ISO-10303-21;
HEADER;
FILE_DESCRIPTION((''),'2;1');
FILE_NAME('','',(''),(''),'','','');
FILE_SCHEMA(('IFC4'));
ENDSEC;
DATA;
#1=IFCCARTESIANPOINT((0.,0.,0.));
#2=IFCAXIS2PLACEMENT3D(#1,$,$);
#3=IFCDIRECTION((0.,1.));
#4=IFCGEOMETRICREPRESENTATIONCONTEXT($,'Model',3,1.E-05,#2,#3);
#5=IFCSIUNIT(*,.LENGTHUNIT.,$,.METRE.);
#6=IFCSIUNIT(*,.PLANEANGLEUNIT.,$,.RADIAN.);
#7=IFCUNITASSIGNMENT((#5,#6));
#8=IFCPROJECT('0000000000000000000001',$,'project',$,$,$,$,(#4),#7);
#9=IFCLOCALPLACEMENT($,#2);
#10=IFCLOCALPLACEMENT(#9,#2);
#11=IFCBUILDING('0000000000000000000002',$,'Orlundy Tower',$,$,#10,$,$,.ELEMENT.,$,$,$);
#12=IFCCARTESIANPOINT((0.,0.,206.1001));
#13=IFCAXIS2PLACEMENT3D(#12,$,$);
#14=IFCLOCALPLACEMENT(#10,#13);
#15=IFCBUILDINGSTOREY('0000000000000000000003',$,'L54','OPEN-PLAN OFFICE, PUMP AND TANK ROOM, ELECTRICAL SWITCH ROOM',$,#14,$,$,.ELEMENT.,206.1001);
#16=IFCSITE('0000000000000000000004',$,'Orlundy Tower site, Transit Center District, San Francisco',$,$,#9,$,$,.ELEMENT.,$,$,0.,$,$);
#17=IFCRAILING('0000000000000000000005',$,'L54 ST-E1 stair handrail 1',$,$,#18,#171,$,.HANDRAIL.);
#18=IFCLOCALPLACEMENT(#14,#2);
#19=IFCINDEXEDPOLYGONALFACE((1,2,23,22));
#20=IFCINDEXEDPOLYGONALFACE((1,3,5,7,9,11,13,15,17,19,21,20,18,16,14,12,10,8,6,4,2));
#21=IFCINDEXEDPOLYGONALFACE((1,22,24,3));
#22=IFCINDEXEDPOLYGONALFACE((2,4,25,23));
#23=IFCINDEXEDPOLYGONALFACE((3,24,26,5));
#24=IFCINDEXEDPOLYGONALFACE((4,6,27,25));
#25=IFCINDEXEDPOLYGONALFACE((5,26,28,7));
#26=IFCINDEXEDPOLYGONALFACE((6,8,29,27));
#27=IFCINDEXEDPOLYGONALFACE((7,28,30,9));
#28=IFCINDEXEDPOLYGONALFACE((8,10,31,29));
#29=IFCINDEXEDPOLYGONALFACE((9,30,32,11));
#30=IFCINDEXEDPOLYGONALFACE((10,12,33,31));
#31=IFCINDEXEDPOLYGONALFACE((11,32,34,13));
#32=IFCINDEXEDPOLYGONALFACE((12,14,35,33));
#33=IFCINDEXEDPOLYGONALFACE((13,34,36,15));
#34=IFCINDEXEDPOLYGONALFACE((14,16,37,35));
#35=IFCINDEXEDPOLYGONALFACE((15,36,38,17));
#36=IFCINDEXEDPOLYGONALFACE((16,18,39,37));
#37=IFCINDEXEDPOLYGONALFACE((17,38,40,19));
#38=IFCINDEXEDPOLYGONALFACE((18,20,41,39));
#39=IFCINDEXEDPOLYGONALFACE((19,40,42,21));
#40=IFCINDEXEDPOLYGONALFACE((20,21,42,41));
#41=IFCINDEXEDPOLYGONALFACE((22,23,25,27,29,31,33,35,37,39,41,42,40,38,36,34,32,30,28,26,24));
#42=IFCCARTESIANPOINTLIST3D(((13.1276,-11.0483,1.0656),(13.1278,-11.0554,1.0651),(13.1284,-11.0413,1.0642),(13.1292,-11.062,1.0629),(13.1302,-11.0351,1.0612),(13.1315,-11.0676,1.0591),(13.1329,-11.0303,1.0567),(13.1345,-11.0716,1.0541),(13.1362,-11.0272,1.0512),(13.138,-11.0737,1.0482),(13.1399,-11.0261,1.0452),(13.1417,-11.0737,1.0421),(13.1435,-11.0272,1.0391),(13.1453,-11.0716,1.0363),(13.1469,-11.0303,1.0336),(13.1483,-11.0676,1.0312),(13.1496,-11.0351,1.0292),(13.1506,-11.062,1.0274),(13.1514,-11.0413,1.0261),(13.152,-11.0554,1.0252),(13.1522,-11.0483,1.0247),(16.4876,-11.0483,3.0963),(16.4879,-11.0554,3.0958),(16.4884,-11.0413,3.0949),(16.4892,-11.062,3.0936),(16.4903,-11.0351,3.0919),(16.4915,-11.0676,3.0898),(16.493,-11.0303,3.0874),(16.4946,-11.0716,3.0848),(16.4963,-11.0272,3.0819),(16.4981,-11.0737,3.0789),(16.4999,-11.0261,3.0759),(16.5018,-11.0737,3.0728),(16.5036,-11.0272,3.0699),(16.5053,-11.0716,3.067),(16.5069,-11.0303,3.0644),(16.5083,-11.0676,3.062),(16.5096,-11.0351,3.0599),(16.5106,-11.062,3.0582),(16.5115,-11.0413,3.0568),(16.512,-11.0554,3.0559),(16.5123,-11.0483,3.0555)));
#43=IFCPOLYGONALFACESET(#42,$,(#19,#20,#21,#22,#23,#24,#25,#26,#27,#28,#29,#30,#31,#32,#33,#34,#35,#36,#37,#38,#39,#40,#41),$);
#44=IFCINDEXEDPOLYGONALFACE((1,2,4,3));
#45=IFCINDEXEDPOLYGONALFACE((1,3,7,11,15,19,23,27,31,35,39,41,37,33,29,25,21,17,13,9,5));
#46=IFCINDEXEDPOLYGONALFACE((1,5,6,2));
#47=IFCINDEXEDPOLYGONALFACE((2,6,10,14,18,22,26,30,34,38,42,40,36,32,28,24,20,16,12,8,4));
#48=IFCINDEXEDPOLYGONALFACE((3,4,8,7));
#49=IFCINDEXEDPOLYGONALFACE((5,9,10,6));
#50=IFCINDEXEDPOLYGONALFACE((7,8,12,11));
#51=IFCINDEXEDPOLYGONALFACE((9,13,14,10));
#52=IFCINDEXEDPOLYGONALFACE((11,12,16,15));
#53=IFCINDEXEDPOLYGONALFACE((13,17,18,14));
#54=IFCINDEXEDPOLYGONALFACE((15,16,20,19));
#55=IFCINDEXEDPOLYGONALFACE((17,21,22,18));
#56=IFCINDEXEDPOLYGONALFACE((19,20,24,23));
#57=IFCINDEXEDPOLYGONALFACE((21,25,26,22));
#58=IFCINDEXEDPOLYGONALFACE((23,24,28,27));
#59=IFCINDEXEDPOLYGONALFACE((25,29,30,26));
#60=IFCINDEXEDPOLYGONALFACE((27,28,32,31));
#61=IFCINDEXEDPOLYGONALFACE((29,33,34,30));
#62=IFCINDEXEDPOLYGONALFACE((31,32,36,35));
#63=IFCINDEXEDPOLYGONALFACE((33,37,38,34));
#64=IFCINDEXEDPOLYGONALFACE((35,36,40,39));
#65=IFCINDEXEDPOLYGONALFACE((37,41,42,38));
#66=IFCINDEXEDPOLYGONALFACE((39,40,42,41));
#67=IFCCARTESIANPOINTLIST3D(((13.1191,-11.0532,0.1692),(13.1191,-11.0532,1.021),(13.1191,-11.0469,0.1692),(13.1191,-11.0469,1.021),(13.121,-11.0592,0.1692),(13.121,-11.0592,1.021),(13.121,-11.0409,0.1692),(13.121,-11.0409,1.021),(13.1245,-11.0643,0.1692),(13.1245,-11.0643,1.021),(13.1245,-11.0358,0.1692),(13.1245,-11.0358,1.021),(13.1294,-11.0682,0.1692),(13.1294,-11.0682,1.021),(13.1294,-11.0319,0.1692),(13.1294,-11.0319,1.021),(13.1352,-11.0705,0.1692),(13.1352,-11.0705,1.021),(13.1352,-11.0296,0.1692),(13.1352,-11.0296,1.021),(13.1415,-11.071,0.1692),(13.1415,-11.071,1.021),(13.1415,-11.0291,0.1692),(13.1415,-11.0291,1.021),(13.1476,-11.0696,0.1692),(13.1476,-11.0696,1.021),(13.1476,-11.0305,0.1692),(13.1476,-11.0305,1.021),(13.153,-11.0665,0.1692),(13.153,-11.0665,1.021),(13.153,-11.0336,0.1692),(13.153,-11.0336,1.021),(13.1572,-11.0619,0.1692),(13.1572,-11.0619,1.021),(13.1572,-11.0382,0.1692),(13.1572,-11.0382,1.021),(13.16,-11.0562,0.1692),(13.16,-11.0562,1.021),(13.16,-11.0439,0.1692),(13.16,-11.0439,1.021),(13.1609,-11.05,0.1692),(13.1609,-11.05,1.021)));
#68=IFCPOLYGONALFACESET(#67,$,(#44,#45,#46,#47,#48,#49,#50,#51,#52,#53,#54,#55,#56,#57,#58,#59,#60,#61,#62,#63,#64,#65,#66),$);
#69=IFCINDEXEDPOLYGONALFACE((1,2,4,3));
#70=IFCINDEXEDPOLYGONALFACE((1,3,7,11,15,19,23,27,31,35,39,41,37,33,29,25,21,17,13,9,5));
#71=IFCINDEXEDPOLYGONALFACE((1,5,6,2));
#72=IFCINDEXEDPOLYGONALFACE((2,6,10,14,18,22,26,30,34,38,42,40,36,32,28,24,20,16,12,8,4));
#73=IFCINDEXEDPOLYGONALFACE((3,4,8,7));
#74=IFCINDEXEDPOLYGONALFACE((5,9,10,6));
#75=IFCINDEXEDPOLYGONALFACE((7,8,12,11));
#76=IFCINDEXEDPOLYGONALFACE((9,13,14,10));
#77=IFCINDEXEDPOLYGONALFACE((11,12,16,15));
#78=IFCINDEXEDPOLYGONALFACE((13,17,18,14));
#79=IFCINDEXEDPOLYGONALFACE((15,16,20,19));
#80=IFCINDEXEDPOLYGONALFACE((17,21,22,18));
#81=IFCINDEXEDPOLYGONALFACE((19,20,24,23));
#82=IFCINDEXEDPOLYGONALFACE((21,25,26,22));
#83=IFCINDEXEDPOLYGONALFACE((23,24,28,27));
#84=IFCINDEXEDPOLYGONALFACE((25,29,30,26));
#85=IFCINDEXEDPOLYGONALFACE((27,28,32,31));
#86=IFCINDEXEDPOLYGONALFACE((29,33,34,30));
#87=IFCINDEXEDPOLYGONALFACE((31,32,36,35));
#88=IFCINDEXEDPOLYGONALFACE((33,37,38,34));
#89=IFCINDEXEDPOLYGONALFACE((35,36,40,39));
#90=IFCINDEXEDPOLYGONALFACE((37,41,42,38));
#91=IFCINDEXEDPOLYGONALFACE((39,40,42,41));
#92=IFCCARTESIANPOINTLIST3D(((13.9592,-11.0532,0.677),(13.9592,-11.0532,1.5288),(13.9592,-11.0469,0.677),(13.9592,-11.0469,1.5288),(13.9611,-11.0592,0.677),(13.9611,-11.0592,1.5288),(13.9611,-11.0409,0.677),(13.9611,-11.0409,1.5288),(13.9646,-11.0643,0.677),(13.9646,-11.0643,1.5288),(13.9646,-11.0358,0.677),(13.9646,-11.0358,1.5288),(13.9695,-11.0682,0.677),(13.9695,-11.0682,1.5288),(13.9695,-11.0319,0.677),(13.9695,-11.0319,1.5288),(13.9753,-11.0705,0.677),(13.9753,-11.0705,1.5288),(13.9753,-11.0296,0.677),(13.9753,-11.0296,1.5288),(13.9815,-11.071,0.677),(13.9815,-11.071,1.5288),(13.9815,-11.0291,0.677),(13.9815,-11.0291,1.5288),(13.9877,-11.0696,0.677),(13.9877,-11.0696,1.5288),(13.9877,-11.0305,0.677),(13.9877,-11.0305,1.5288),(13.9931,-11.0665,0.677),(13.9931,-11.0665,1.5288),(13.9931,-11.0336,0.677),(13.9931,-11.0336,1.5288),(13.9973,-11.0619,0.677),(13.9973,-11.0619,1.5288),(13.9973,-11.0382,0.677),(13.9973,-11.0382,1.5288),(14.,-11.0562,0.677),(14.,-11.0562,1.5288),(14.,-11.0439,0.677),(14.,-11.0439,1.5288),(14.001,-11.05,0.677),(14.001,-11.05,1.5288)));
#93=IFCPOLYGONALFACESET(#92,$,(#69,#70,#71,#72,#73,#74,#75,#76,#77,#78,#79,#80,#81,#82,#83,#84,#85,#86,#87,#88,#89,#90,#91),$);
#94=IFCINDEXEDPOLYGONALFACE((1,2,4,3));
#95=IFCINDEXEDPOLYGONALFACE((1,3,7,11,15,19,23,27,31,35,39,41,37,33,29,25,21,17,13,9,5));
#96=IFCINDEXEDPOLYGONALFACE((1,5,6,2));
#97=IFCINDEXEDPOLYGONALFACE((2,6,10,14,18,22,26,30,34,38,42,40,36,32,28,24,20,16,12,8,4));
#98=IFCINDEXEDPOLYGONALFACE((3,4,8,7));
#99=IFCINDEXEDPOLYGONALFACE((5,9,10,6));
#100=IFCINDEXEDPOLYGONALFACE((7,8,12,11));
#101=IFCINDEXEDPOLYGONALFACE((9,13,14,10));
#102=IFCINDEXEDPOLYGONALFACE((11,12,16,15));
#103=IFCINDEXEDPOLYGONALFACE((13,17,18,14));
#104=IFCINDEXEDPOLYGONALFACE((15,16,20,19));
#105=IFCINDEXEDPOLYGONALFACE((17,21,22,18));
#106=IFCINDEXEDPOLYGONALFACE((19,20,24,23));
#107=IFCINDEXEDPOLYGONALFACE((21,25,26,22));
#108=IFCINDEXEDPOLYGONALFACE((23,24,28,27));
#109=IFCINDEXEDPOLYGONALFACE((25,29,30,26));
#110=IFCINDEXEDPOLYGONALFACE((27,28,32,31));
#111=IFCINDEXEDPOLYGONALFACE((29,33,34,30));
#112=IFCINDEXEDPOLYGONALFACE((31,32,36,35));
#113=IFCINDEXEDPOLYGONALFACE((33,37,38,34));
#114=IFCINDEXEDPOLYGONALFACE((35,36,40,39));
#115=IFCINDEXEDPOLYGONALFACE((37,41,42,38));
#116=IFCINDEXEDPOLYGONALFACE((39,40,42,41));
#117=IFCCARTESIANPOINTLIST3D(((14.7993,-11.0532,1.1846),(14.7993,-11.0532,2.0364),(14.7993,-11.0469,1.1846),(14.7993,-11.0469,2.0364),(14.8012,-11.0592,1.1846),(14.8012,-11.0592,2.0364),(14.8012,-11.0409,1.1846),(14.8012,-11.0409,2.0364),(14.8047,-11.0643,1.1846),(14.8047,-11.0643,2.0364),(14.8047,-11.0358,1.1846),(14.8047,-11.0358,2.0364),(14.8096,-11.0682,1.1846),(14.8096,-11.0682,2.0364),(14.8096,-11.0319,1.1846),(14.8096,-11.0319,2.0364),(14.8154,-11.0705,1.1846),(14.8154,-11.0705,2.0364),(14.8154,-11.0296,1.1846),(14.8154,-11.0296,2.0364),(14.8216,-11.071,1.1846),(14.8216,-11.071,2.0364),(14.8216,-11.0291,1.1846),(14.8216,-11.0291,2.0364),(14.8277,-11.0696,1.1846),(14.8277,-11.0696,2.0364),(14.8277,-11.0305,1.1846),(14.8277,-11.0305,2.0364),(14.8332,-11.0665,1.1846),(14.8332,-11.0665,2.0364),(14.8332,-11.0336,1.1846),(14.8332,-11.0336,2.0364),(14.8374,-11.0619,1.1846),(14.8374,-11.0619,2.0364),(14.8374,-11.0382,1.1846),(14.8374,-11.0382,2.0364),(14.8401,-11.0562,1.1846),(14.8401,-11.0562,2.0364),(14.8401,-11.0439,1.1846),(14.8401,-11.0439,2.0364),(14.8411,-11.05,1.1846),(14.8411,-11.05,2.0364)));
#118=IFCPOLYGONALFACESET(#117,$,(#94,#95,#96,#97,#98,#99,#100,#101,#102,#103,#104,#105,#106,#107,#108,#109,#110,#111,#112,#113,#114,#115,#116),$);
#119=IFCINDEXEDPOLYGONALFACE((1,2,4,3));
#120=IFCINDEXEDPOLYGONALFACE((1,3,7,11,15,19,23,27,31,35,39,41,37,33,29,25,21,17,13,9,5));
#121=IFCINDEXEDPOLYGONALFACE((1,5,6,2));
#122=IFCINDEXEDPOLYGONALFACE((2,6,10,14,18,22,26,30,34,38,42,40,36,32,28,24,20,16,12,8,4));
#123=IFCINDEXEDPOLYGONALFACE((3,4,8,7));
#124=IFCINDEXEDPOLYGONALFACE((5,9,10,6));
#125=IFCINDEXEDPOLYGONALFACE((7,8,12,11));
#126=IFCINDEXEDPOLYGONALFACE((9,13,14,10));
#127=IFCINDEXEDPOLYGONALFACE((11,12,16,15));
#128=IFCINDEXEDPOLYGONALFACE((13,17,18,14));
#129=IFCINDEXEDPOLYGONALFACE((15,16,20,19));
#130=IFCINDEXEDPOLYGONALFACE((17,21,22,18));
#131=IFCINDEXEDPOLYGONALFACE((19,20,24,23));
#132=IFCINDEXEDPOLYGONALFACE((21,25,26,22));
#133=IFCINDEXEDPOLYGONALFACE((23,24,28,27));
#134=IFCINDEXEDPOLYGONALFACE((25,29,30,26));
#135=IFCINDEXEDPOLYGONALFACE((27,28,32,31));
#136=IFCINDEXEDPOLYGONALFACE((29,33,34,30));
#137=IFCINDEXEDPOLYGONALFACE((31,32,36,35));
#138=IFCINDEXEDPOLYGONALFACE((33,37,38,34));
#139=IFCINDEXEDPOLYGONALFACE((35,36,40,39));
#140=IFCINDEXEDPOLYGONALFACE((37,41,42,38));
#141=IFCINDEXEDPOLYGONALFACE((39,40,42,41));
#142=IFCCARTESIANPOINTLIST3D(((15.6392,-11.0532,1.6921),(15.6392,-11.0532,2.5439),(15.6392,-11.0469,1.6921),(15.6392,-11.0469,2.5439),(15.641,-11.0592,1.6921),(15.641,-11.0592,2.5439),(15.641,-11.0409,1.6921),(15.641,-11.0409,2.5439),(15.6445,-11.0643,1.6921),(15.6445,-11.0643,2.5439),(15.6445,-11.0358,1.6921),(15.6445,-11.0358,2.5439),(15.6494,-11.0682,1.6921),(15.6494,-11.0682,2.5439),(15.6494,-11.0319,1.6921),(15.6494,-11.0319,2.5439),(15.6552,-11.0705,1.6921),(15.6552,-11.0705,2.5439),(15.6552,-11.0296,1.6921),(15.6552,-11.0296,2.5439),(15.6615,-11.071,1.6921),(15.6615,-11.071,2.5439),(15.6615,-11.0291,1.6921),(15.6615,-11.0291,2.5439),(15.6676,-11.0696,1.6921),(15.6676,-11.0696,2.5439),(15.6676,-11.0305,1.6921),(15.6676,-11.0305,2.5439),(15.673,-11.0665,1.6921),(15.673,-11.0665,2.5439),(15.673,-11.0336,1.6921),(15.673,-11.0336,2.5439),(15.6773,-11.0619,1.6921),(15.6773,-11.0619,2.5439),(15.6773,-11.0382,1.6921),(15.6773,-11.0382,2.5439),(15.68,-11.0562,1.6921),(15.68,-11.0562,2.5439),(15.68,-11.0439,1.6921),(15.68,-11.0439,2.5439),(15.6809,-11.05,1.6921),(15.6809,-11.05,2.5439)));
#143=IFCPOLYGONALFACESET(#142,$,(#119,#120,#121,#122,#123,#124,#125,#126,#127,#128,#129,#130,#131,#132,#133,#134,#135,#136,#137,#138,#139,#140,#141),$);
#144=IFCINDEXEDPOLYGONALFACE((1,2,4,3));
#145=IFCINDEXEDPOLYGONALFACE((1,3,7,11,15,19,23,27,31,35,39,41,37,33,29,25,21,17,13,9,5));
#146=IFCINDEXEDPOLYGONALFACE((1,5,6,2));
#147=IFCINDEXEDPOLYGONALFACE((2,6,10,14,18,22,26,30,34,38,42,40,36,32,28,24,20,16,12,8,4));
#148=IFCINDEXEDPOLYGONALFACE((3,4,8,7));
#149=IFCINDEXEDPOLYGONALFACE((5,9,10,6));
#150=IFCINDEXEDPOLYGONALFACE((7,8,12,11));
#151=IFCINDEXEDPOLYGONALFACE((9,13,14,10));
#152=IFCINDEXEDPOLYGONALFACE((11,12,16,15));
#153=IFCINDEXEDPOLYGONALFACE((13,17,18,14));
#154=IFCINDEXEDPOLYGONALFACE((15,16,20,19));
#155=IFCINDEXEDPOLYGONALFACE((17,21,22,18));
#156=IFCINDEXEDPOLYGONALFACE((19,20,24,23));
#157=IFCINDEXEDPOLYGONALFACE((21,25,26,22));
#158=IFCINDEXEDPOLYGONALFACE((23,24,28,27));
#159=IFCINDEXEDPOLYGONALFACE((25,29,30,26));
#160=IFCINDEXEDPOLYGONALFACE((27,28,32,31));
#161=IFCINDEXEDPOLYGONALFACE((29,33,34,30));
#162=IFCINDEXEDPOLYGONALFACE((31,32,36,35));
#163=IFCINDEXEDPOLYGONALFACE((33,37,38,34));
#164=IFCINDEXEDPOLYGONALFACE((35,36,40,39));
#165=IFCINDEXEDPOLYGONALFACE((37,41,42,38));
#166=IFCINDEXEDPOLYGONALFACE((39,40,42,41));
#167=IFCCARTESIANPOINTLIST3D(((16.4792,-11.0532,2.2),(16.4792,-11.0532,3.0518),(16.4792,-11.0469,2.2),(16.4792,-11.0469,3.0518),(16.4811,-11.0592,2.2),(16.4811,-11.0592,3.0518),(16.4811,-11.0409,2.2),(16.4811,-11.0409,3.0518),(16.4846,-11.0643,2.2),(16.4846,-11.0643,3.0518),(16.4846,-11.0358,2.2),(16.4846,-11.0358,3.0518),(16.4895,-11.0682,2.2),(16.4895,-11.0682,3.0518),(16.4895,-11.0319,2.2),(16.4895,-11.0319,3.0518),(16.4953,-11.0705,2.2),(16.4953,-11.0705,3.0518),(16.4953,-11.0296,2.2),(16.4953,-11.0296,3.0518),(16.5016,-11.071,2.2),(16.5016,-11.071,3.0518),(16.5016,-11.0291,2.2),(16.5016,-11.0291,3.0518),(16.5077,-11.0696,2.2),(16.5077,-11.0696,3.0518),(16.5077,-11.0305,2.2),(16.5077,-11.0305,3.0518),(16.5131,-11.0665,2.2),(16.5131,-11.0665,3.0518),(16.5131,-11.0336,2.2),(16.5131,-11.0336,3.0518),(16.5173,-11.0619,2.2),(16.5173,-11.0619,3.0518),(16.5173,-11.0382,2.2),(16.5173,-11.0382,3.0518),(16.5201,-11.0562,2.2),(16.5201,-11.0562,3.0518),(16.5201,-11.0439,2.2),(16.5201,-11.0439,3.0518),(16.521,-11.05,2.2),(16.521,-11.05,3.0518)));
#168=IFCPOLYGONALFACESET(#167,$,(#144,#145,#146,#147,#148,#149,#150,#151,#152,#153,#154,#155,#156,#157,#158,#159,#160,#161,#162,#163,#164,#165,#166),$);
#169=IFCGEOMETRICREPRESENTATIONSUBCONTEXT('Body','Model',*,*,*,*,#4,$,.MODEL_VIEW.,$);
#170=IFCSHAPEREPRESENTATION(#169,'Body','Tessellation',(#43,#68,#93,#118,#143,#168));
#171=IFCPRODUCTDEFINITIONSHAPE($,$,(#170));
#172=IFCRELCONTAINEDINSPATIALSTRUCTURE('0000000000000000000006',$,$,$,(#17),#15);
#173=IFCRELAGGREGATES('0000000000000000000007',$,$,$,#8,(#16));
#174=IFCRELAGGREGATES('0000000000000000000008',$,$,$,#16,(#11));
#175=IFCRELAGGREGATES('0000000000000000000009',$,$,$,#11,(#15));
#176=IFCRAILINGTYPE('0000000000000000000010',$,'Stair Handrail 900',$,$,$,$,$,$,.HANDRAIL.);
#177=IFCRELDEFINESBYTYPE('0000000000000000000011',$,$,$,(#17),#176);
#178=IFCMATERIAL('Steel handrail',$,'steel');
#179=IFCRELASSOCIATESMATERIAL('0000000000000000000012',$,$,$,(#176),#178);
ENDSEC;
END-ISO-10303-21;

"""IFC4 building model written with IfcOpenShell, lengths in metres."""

from ifc_helpers import new_model, si_unit, direction, frame, origin, origin_2d, place, context, subcontext, project, spatial, circle, extrude, material, type_object, element, save


model = new_model("IFC4")

# Units and contexts
model_context = context("Model", 3, precision=1e-05, world=origin(), true_north=direction((0.0, 1.0)))
body_context = subcontext(model_context, "Body", "Model", "MODEL_VIEW")
ifc_project = project(units=[si_unit("LENGTHUNIT", "METRE"), si_unit("PLANEANGLEUNIT", "RADIAN")], contexts=[model_context])

# Site, building, storey
site_placement = place(None, origin())
site = spatial("IfcSite", under=ifc_project, at=site_placement, Name="Orlundy Tower site, Transit Center District, San Francisco", CompositionType="ELEMENT", RefElevation=0.0)
building_placement = place(site_placement, origin())
building = spatial("IfcBuilding", under=site, at=building_placement, Name="Orlundy Tower", CompositionType="ELEMENT")
storey_placement = place(building_placement, frame((0.0, 0.0, 206.1001)))
storey = spatial("IfcBuildingStorey", under=building, at=storey_placement, Name="L54", Description="OPEN-PLAN OFFICE, PUMP AND TANK ROOM, ELECTRICAL SWITCH ROOM", CompositionType="ELEMENT", Elevation=206.1001)

# Railing
ifc_material_1 = material(Name="Steel handrail", Category="steel")
railing_type_1 = type_object("IfcRailingType", Name="Stair Handrail 900", PredefinedType="HANDRAIL", material=ifc_material_1)
railing_1_placement = place(storey_placement, frame((13.1399, -11.05, 0.1692)))
element("IfcRailing", 1, at=railing_1_placement, inside=storey, type_object=railing_type_1, Name="L54 ST-E1 stair handrail 1", PredefinedType="HANDRAIL", context=body_context, shape_type="SweptSolid", body=[
    extrude(circle(Radius=0.0239, at=origin_2d()), frame((0.0, 0.0, 0.876), z_axis=(0.855837, 0.0, 0.517246), x_axis=(0.0, 1.0, 0.0)), (0.0, 0.0, 1.0), 3.926),
    extrude(circle(Radius=0.021, at=origin_2d()), origin(), (0.0, 0.0, 1.0), 0.8518),
    extrude(circle(Radius=0.021, at=origin_2d()), frame((0.8401, 0.0, 0.5078)), (0.0, 0.0, 1.0), 0.8518),
    extrude(circle(Radius=0.021, at=origin_2d()), frame((1.6802, 0.0, 1.0154)), (0.0, 0.0, 1.0), 0.8518),
    extrude(circle(Radius=0.021, at=origin_2d()), frame((2.52, 0.0, 1.5229)), (0.0, 0.0, 1.0), 0.8518),
    extrude(circle(Radius=0.021, at=origin_2d()), frame((3.3601, 0.0, 2.0308)), (0.0, 0.0, 1.0), 0.8518),
])

save(model, "model.ifc")
